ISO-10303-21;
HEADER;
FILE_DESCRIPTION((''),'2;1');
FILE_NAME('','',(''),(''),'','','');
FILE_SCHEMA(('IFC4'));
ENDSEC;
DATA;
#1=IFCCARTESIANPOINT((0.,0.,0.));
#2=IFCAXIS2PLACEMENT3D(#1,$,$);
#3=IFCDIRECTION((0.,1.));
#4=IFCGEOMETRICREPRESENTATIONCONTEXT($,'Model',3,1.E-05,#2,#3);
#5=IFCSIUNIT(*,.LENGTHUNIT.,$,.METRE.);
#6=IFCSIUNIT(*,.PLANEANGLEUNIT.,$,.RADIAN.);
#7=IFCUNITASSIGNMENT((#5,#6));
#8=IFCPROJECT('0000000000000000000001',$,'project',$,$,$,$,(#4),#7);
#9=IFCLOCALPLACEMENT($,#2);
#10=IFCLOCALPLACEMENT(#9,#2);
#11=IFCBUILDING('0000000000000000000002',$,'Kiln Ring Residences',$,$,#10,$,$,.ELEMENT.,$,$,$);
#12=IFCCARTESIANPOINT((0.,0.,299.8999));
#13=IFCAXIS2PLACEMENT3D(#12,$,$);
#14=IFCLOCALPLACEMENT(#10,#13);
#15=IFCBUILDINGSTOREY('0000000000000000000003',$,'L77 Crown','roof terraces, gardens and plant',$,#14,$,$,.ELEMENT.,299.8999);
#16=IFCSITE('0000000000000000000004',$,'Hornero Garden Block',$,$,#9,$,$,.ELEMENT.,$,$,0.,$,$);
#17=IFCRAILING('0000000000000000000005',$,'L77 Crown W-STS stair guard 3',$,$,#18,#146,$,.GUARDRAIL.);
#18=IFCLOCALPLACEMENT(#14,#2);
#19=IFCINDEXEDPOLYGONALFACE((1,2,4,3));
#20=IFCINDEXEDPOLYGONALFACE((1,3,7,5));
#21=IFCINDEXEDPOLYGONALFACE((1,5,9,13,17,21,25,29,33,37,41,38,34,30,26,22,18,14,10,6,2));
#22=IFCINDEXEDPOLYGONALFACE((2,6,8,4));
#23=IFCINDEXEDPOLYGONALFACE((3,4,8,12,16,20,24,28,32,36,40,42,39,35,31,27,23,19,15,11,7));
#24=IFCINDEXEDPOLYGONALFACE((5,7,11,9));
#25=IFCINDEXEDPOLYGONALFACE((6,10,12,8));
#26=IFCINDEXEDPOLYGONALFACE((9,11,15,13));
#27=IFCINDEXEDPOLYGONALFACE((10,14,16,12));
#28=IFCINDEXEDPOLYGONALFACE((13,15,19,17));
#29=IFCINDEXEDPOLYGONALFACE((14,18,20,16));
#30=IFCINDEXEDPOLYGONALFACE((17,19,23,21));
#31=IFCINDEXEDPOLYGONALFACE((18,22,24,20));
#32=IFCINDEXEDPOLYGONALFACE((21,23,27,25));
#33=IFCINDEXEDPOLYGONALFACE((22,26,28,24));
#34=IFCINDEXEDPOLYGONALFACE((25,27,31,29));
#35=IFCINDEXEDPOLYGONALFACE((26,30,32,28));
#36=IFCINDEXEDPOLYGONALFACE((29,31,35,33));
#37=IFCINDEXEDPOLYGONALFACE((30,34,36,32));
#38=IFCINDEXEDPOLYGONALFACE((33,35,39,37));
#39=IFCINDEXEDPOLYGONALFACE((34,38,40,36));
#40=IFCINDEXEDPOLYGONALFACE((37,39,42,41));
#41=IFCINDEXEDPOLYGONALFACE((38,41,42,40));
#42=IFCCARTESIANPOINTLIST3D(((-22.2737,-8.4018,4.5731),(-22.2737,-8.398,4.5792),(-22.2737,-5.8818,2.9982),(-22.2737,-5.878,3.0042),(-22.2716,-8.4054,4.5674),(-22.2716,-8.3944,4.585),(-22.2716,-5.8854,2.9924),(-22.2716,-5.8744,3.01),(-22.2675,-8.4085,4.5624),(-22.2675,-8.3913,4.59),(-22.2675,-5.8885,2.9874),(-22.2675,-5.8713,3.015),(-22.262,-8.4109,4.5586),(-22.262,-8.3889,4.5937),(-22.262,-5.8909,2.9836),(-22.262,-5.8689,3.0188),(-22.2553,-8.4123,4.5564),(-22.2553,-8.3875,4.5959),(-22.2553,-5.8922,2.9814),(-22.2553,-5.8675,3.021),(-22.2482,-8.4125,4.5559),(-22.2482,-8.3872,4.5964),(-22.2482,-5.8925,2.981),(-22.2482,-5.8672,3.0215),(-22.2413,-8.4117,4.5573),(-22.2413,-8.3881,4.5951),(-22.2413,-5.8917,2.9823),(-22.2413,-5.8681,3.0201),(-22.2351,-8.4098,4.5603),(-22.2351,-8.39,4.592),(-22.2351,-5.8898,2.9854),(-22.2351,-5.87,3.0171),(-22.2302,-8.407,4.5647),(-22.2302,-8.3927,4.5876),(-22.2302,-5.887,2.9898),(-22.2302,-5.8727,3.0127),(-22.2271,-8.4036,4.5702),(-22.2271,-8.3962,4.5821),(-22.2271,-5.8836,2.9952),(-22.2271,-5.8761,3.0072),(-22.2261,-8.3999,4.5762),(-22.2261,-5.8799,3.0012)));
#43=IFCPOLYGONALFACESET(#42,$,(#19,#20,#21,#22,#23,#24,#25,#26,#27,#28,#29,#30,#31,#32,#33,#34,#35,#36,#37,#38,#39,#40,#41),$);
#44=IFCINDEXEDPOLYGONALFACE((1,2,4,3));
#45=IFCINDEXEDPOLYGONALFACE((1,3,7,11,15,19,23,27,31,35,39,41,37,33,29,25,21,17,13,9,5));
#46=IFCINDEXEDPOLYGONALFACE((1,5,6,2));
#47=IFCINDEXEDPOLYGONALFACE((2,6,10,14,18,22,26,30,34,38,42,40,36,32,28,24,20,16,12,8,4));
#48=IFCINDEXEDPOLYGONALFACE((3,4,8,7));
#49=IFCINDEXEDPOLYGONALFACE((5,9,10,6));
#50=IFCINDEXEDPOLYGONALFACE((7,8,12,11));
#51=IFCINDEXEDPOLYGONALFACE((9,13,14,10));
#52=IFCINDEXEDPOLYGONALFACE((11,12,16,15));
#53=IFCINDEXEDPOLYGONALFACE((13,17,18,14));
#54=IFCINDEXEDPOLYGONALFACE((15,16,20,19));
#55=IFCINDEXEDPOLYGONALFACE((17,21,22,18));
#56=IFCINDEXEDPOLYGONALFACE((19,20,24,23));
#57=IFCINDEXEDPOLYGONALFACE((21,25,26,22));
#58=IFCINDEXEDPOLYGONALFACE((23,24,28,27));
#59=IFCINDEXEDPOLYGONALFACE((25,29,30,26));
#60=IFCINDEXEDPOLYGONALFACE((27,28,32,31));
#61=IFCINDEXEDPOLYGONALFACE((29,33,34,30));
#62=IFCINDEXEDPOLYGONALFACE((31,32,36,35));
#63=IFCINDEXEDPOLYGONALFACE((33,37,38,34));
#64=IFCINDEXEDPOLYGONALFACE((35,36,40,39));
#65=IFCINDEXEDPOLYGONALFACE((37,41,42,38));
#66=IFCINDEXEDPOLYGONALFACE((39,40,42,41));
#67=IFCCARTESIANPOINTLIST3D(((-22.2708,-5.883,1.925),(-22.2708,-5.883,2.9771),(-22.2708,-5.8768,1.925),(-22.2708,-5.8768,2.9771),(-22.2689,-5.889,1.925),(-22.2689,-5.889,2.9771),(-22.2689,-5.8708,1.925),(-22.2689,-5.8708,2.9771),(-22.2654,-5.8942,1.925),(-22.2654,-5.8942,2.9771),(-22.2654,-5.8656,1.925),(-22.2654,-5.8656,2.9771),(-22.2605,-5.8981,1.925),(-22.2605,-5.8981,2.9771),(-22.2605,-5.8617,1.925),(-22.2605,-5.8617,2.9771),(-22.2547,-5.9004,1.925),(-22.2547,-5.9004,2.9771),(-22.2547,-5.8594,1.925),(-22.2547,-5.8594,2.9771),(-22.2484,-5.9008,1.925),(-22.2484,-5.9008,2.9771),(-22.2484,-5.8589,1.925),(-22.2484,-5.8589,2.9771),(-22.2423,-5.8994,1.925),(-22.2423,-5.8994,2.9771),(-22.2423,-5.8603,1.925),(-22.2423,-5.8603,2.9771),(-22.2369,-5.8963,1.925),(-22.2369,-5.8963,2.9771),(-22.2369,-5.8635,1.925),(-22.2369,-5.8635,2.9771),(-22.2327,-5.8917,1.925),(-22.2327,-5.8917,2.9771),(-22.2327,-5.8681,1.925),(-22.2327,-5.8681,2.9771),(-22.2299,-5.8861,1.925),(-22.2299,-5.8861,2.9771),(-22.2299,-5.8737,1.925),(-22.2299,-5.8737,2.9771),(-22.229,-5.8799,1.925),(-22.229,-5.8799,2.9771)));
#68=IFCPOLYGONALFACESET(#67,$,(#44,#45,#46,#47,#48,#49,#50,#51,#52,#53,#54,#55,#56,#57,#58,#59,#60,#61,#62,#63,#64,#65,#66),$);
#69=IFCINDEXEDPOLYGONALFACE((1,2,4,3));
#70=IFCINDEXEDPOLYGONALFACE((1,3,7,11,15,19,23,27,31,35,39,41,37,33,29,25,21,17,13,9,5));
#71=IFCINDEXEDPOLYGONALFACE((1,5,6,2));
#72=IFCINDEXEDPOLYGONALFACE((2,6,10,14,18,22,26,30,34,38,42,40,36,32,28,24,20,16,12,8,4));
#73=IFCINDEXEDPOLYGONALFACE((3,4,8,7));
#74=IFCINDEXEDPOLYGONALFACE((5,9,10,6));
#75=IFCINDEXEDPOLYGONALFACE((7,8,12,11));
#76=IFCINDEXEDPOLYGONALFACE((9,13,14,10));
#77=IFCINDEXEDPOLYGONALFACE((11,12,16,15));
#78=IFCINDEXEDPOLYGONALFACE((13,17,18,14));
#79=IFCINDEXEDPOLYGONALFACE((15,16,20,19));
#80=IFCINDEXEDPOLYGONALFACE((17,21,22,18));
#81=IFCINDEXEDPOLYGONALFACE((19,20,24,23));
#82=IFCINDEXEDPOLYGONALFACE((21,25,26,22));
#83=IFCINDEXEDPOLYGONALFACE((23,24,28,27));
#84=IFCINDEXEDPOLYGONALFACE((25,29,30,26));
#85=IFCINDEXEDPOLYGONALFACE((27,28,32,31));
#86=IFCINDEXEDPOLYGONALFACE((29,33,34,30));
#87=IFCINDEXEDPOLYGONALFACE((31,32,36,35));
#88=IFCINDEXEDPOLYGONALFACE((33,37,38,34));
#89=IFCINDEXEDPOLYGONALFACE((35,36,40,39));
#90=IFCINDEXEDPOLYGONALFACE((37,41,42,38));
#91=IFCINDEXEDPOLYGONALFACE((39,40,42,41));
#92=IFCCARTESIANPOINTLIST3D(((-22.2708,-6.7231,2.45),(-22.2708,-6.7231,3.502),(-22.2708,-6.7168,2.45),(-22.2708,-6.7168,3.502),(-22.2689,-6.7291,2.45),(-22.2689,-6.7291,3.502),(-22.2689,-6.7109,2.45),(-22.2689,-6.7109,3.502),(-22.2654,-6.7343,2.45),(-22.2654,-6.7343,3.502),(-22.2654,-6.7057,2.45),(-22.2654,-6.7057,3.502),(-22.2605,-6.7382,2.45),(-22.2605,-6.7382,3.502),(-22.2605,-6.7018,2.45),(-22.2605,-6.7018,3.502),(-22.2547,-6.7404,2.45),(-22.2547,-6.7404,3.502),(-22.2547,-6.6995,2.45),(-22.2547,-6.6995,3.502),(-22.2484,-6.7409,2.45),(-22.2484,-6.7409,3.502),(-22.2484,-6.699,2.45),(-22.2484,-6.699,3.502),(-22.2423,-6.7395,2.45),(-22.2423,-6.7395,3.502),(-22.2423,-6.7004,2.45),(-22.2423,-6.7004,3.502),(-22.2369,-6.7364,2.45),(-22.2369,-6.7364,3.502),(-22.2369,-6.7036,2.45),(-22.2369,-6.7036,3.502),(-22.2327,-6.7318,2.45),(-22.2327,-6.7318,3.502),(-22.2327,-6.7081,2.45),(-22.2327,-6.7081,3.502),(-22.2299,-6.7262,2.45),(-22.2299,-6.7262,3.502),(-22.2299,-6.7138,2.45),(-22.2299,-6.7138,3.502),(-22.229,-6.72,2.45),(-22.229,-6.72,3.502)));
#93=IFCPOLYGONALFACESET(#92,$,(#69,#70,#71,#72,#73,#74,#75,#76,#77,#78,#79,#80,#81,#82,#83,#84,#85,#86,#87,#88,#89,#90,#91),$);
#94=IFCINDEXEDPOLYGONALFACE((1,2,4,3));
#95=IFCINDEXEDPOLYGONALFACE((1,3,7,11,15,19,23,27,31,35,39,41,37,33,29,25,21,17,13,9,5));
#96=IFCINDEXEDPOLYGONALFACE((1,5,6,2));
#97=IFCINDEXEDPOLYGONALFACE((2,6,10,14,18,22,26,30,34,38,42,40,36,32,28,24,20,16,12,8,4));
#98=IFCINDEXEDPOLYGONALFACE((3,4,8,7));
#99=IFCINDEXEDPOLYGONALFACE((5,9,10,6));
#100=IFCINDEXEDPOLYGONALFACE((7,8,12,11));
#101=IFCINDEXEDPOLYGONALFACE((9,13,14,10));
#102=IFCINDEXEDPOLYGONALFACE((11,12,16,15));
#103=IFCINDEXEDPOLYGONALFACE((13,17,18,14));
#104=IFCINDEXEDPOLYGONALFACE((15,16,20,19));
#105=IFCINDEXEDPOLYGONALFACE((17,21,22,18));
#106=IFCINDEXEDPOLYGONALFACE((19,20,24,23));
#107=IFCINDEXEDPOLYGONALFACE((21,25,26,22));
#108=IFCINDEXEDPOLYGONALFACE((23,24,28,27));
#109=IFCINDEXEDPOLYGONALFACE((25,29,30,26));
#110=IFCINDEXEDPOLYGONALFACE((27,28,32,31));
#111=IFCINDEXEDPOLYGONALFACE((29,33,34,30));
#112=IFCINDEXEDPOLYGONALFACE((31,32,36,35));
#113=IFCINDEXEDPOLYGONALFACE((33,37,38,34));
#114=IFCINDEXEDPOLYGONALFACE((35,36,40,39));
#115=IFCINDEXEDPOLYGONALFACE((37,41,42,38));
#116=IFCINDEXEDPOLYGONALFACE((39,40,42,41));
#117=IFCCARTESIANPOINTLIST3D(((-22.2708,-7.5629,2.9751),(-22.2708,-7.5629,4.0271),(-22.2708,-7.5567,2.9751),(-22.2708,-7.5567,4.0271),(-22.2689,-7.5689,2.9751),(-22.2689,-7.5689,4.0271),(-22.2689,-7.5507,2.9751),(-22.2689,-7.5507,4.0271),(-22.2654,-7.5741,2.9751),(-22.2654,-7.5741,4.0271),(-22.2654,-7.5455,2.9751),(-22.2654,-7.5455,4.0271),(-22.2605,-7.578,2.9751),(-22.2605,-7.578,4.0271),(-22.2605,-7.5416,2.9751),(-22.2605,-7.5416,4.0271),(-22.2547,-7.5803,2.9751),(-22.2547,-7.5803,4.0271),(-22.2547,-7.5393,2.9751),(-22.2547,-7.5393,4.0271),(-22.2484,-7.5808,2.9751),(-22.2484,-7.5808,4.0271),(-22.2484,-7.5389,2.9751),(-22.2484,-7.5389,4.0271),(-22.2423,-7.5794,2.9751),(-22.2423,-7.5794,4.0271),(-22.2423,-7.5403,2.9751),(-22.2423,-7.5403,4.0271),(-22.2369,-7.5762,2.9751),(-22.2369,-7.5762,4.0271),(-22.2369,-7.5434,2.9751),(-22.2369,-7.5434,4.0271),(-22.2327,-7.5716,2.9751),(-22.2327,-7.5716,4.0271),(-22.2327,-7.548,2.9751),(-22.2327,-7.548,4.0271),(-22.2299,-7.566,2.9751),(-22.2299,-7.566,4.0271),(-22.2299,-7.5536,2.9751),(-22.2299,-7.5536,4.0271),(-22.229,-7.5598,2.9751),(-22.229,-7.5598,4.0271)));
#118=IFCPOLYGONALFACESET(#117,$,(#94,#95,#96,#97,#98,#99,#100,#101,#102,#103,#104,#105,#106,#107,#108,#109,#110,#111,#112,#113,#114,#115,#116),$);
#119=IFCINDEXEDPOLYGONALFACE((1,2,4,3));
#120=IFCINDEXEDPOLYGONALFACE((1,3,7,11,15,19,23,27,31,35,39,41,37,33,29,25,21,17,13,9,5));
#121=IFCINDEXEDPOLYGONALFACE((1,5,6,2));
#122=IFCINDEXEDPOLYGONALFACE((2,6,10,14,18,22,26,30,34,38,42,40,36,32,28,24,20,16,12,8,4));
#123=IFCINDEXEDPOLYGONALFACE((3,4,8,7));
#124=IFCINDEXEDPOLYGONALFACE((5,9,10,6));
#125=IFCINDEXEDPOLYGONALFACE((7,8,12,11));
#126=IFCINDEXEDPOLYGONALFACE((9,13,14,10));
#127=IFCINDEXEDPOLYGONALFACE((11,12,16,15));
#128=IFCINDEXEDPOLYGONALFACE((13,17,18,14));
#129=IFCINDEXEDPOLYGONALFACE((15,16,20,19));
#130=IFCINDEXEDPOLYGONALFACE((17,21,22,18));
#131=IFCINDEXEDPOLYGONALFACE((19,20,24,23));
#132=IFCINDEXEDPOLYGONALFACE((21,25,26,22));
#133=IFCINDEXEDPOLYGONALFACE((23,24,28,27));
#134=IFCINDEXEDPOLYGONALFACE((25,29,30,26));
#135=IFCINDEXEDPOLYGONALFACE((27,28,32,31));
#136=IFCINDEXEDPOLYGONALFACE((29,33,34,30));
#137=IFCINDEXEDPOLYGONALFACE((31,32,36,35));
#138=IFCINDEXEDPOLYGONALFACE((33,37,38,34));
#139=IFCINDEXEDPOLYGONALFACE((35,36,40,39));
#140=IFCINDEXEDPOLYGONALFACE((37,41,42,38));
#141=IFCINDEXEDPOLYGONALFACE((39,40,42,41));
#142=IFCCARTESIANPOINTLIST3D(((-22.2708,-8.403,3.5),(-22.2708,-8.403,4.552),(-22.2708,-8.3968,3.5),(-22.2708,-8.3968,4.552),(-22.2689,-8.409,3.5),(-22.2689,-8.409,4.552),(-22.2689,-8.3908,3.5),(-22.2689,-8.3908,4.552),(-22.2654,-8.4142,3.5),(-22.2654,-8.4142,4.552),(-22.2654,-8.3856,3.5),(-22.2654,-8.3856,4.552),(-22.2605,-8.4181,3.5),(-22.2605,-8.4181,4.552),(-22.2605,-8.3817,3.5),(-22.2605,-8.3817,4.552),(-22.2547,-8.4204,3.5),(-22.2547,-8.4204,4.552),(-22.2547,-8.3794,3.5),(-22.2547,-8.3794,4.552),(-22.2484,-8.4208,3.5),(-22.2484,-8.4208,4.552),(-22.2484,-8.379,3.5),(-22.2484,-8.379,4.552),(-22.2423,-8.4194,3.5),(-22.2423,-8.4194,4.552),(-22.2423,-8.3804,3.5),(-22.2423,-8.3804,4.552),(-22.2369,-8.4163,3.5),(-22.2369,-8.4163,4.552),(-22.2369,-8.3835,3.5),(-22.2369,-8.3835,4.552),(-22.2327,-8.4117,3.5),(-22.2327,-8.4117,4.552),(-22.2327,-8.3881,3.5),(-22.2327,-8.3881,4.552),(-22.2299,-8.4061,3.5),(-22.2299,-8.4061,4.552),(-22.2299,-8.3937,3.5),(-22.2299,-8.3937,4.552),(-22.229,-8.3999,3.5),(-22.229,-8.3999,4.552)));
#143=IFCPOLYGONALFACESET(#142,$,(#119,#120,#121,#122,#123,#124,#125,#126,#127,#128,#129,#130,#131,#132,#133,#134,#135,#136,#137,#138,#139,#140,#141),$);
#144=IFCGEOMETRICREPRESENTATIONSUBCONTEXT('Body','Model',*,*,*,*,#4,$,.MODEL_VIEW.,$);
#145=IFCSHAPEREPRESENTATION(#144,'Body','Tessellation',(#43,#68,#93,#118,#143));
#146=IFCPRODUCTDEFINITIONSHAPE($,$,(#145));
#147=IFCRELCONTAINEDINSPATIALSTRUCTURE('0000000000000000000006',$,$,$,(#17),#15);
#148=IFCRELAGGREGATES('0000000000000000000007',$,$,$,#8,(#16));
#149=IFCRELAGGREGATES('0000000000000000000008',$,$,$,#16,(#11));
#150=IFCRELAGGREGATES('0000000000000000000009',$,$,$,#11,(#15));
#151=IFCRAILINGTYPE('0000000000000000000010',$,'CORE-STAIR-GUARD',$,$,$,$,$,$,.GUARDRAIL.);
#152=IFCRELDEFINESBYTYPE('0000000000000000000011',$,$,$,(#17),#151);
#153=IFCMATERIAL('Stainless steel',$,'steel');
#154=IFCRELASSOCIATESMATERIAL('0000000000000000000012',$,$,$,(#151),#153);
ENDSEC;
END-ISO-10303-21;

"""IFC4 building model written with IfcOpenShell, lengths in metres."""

from ifc_helpers import new_model, si_unit, direction, frame, origin, origin_2d, place, context, subcontext, project, spatial, circle, extrude, material, type_object, element, save


model = new_model("IFC4")

# Units and contexts
model_context = context("Model", 3, precision=1e-05, world=origin(), true_north=direction((0.0, 1.0)))
body_context = subcontext(model_context, "Body", "Model", "MODEL_VIEW")
ifc_project = project(units=[si_unit("LENGTHUNIT", "METRE"), si_unit("PLANEANGLEUNIT", "RADIAN")], contexts=[model_context])

# Site, building, storey
site_placement = place(None, origin())
site = spatial("IfcSite", under=ifc_project, at=site_placement, Name="Hornero Garden Block", CompositionType="ELEMENT", RefElevation=0.0)
building_placement = place(site_placement, origin())
building = spatial("IfcBuilding", under=site, at=building_placement, Name="Kiln Ring Residences", CompositionType="ELEMENT")
storey_placement = place(building_placement, frame((0.0, 0.0, 299.8999)))
storey = spatial("IfcBuildingStorey", under=building, at=storey_placement, Name="L77 Crown", Description="roof terraces, gardens and plant", CompositionType="ELEMENT", Elevation=299.8999)

# Railing
ifc_material_1 = material(Name="Stainless steel", Category="steel")
railing_type_1 = type_object("IfcRailingType", Name="CORE-STAIR-GUARD", PredefinedType="GUARDRAIL", material=ifc_material_1)
railing_1_placement = place(storey_placement, frame((-22.25, -5.8799, 1.925)))
element("IfcRailing", 1, at=railing_1_placement, inside=storey, type_object=railing_type_1, Name="L77 Crown W-STS stair guard 3", PredefinedType="GUARDRAIL", context=body_context, shape_type="SweptSolid", body=[
    extrude(circle(Radius=0.0239, at=origin_2d()), frame((0.0, 0.0, 1.0762), z_axis=(0.0, -0.848008, 0.529984), x_axis=(1.0, 0.0, 0.0)), (0.0, 0.0, 1.0), 2.9717),
    extrude(circle(Radius=0.021, at=origin_2d()), origin(), (0.0, 0.0, 1.0), 1.052),
    extrude(circle(Radius=0.021, at=origin_2d()), frame((0.0, -0.8401, 0.5249)), (0.0, 0.0, 1.0), 1.052),
    extrude(circle(Radius=0.021, at=origin_2d()), frame((0.0, -1.6799, 1.05)), (0.0, 0.0, 1.0), 1.052),
    extrude(circle(Radius=0.021, at=origin_2d()), frame((0.0, -2.52, 1.575)), (0.0, 0.0, 1.0), 1.052),
])

save(model, "model.ifc")
